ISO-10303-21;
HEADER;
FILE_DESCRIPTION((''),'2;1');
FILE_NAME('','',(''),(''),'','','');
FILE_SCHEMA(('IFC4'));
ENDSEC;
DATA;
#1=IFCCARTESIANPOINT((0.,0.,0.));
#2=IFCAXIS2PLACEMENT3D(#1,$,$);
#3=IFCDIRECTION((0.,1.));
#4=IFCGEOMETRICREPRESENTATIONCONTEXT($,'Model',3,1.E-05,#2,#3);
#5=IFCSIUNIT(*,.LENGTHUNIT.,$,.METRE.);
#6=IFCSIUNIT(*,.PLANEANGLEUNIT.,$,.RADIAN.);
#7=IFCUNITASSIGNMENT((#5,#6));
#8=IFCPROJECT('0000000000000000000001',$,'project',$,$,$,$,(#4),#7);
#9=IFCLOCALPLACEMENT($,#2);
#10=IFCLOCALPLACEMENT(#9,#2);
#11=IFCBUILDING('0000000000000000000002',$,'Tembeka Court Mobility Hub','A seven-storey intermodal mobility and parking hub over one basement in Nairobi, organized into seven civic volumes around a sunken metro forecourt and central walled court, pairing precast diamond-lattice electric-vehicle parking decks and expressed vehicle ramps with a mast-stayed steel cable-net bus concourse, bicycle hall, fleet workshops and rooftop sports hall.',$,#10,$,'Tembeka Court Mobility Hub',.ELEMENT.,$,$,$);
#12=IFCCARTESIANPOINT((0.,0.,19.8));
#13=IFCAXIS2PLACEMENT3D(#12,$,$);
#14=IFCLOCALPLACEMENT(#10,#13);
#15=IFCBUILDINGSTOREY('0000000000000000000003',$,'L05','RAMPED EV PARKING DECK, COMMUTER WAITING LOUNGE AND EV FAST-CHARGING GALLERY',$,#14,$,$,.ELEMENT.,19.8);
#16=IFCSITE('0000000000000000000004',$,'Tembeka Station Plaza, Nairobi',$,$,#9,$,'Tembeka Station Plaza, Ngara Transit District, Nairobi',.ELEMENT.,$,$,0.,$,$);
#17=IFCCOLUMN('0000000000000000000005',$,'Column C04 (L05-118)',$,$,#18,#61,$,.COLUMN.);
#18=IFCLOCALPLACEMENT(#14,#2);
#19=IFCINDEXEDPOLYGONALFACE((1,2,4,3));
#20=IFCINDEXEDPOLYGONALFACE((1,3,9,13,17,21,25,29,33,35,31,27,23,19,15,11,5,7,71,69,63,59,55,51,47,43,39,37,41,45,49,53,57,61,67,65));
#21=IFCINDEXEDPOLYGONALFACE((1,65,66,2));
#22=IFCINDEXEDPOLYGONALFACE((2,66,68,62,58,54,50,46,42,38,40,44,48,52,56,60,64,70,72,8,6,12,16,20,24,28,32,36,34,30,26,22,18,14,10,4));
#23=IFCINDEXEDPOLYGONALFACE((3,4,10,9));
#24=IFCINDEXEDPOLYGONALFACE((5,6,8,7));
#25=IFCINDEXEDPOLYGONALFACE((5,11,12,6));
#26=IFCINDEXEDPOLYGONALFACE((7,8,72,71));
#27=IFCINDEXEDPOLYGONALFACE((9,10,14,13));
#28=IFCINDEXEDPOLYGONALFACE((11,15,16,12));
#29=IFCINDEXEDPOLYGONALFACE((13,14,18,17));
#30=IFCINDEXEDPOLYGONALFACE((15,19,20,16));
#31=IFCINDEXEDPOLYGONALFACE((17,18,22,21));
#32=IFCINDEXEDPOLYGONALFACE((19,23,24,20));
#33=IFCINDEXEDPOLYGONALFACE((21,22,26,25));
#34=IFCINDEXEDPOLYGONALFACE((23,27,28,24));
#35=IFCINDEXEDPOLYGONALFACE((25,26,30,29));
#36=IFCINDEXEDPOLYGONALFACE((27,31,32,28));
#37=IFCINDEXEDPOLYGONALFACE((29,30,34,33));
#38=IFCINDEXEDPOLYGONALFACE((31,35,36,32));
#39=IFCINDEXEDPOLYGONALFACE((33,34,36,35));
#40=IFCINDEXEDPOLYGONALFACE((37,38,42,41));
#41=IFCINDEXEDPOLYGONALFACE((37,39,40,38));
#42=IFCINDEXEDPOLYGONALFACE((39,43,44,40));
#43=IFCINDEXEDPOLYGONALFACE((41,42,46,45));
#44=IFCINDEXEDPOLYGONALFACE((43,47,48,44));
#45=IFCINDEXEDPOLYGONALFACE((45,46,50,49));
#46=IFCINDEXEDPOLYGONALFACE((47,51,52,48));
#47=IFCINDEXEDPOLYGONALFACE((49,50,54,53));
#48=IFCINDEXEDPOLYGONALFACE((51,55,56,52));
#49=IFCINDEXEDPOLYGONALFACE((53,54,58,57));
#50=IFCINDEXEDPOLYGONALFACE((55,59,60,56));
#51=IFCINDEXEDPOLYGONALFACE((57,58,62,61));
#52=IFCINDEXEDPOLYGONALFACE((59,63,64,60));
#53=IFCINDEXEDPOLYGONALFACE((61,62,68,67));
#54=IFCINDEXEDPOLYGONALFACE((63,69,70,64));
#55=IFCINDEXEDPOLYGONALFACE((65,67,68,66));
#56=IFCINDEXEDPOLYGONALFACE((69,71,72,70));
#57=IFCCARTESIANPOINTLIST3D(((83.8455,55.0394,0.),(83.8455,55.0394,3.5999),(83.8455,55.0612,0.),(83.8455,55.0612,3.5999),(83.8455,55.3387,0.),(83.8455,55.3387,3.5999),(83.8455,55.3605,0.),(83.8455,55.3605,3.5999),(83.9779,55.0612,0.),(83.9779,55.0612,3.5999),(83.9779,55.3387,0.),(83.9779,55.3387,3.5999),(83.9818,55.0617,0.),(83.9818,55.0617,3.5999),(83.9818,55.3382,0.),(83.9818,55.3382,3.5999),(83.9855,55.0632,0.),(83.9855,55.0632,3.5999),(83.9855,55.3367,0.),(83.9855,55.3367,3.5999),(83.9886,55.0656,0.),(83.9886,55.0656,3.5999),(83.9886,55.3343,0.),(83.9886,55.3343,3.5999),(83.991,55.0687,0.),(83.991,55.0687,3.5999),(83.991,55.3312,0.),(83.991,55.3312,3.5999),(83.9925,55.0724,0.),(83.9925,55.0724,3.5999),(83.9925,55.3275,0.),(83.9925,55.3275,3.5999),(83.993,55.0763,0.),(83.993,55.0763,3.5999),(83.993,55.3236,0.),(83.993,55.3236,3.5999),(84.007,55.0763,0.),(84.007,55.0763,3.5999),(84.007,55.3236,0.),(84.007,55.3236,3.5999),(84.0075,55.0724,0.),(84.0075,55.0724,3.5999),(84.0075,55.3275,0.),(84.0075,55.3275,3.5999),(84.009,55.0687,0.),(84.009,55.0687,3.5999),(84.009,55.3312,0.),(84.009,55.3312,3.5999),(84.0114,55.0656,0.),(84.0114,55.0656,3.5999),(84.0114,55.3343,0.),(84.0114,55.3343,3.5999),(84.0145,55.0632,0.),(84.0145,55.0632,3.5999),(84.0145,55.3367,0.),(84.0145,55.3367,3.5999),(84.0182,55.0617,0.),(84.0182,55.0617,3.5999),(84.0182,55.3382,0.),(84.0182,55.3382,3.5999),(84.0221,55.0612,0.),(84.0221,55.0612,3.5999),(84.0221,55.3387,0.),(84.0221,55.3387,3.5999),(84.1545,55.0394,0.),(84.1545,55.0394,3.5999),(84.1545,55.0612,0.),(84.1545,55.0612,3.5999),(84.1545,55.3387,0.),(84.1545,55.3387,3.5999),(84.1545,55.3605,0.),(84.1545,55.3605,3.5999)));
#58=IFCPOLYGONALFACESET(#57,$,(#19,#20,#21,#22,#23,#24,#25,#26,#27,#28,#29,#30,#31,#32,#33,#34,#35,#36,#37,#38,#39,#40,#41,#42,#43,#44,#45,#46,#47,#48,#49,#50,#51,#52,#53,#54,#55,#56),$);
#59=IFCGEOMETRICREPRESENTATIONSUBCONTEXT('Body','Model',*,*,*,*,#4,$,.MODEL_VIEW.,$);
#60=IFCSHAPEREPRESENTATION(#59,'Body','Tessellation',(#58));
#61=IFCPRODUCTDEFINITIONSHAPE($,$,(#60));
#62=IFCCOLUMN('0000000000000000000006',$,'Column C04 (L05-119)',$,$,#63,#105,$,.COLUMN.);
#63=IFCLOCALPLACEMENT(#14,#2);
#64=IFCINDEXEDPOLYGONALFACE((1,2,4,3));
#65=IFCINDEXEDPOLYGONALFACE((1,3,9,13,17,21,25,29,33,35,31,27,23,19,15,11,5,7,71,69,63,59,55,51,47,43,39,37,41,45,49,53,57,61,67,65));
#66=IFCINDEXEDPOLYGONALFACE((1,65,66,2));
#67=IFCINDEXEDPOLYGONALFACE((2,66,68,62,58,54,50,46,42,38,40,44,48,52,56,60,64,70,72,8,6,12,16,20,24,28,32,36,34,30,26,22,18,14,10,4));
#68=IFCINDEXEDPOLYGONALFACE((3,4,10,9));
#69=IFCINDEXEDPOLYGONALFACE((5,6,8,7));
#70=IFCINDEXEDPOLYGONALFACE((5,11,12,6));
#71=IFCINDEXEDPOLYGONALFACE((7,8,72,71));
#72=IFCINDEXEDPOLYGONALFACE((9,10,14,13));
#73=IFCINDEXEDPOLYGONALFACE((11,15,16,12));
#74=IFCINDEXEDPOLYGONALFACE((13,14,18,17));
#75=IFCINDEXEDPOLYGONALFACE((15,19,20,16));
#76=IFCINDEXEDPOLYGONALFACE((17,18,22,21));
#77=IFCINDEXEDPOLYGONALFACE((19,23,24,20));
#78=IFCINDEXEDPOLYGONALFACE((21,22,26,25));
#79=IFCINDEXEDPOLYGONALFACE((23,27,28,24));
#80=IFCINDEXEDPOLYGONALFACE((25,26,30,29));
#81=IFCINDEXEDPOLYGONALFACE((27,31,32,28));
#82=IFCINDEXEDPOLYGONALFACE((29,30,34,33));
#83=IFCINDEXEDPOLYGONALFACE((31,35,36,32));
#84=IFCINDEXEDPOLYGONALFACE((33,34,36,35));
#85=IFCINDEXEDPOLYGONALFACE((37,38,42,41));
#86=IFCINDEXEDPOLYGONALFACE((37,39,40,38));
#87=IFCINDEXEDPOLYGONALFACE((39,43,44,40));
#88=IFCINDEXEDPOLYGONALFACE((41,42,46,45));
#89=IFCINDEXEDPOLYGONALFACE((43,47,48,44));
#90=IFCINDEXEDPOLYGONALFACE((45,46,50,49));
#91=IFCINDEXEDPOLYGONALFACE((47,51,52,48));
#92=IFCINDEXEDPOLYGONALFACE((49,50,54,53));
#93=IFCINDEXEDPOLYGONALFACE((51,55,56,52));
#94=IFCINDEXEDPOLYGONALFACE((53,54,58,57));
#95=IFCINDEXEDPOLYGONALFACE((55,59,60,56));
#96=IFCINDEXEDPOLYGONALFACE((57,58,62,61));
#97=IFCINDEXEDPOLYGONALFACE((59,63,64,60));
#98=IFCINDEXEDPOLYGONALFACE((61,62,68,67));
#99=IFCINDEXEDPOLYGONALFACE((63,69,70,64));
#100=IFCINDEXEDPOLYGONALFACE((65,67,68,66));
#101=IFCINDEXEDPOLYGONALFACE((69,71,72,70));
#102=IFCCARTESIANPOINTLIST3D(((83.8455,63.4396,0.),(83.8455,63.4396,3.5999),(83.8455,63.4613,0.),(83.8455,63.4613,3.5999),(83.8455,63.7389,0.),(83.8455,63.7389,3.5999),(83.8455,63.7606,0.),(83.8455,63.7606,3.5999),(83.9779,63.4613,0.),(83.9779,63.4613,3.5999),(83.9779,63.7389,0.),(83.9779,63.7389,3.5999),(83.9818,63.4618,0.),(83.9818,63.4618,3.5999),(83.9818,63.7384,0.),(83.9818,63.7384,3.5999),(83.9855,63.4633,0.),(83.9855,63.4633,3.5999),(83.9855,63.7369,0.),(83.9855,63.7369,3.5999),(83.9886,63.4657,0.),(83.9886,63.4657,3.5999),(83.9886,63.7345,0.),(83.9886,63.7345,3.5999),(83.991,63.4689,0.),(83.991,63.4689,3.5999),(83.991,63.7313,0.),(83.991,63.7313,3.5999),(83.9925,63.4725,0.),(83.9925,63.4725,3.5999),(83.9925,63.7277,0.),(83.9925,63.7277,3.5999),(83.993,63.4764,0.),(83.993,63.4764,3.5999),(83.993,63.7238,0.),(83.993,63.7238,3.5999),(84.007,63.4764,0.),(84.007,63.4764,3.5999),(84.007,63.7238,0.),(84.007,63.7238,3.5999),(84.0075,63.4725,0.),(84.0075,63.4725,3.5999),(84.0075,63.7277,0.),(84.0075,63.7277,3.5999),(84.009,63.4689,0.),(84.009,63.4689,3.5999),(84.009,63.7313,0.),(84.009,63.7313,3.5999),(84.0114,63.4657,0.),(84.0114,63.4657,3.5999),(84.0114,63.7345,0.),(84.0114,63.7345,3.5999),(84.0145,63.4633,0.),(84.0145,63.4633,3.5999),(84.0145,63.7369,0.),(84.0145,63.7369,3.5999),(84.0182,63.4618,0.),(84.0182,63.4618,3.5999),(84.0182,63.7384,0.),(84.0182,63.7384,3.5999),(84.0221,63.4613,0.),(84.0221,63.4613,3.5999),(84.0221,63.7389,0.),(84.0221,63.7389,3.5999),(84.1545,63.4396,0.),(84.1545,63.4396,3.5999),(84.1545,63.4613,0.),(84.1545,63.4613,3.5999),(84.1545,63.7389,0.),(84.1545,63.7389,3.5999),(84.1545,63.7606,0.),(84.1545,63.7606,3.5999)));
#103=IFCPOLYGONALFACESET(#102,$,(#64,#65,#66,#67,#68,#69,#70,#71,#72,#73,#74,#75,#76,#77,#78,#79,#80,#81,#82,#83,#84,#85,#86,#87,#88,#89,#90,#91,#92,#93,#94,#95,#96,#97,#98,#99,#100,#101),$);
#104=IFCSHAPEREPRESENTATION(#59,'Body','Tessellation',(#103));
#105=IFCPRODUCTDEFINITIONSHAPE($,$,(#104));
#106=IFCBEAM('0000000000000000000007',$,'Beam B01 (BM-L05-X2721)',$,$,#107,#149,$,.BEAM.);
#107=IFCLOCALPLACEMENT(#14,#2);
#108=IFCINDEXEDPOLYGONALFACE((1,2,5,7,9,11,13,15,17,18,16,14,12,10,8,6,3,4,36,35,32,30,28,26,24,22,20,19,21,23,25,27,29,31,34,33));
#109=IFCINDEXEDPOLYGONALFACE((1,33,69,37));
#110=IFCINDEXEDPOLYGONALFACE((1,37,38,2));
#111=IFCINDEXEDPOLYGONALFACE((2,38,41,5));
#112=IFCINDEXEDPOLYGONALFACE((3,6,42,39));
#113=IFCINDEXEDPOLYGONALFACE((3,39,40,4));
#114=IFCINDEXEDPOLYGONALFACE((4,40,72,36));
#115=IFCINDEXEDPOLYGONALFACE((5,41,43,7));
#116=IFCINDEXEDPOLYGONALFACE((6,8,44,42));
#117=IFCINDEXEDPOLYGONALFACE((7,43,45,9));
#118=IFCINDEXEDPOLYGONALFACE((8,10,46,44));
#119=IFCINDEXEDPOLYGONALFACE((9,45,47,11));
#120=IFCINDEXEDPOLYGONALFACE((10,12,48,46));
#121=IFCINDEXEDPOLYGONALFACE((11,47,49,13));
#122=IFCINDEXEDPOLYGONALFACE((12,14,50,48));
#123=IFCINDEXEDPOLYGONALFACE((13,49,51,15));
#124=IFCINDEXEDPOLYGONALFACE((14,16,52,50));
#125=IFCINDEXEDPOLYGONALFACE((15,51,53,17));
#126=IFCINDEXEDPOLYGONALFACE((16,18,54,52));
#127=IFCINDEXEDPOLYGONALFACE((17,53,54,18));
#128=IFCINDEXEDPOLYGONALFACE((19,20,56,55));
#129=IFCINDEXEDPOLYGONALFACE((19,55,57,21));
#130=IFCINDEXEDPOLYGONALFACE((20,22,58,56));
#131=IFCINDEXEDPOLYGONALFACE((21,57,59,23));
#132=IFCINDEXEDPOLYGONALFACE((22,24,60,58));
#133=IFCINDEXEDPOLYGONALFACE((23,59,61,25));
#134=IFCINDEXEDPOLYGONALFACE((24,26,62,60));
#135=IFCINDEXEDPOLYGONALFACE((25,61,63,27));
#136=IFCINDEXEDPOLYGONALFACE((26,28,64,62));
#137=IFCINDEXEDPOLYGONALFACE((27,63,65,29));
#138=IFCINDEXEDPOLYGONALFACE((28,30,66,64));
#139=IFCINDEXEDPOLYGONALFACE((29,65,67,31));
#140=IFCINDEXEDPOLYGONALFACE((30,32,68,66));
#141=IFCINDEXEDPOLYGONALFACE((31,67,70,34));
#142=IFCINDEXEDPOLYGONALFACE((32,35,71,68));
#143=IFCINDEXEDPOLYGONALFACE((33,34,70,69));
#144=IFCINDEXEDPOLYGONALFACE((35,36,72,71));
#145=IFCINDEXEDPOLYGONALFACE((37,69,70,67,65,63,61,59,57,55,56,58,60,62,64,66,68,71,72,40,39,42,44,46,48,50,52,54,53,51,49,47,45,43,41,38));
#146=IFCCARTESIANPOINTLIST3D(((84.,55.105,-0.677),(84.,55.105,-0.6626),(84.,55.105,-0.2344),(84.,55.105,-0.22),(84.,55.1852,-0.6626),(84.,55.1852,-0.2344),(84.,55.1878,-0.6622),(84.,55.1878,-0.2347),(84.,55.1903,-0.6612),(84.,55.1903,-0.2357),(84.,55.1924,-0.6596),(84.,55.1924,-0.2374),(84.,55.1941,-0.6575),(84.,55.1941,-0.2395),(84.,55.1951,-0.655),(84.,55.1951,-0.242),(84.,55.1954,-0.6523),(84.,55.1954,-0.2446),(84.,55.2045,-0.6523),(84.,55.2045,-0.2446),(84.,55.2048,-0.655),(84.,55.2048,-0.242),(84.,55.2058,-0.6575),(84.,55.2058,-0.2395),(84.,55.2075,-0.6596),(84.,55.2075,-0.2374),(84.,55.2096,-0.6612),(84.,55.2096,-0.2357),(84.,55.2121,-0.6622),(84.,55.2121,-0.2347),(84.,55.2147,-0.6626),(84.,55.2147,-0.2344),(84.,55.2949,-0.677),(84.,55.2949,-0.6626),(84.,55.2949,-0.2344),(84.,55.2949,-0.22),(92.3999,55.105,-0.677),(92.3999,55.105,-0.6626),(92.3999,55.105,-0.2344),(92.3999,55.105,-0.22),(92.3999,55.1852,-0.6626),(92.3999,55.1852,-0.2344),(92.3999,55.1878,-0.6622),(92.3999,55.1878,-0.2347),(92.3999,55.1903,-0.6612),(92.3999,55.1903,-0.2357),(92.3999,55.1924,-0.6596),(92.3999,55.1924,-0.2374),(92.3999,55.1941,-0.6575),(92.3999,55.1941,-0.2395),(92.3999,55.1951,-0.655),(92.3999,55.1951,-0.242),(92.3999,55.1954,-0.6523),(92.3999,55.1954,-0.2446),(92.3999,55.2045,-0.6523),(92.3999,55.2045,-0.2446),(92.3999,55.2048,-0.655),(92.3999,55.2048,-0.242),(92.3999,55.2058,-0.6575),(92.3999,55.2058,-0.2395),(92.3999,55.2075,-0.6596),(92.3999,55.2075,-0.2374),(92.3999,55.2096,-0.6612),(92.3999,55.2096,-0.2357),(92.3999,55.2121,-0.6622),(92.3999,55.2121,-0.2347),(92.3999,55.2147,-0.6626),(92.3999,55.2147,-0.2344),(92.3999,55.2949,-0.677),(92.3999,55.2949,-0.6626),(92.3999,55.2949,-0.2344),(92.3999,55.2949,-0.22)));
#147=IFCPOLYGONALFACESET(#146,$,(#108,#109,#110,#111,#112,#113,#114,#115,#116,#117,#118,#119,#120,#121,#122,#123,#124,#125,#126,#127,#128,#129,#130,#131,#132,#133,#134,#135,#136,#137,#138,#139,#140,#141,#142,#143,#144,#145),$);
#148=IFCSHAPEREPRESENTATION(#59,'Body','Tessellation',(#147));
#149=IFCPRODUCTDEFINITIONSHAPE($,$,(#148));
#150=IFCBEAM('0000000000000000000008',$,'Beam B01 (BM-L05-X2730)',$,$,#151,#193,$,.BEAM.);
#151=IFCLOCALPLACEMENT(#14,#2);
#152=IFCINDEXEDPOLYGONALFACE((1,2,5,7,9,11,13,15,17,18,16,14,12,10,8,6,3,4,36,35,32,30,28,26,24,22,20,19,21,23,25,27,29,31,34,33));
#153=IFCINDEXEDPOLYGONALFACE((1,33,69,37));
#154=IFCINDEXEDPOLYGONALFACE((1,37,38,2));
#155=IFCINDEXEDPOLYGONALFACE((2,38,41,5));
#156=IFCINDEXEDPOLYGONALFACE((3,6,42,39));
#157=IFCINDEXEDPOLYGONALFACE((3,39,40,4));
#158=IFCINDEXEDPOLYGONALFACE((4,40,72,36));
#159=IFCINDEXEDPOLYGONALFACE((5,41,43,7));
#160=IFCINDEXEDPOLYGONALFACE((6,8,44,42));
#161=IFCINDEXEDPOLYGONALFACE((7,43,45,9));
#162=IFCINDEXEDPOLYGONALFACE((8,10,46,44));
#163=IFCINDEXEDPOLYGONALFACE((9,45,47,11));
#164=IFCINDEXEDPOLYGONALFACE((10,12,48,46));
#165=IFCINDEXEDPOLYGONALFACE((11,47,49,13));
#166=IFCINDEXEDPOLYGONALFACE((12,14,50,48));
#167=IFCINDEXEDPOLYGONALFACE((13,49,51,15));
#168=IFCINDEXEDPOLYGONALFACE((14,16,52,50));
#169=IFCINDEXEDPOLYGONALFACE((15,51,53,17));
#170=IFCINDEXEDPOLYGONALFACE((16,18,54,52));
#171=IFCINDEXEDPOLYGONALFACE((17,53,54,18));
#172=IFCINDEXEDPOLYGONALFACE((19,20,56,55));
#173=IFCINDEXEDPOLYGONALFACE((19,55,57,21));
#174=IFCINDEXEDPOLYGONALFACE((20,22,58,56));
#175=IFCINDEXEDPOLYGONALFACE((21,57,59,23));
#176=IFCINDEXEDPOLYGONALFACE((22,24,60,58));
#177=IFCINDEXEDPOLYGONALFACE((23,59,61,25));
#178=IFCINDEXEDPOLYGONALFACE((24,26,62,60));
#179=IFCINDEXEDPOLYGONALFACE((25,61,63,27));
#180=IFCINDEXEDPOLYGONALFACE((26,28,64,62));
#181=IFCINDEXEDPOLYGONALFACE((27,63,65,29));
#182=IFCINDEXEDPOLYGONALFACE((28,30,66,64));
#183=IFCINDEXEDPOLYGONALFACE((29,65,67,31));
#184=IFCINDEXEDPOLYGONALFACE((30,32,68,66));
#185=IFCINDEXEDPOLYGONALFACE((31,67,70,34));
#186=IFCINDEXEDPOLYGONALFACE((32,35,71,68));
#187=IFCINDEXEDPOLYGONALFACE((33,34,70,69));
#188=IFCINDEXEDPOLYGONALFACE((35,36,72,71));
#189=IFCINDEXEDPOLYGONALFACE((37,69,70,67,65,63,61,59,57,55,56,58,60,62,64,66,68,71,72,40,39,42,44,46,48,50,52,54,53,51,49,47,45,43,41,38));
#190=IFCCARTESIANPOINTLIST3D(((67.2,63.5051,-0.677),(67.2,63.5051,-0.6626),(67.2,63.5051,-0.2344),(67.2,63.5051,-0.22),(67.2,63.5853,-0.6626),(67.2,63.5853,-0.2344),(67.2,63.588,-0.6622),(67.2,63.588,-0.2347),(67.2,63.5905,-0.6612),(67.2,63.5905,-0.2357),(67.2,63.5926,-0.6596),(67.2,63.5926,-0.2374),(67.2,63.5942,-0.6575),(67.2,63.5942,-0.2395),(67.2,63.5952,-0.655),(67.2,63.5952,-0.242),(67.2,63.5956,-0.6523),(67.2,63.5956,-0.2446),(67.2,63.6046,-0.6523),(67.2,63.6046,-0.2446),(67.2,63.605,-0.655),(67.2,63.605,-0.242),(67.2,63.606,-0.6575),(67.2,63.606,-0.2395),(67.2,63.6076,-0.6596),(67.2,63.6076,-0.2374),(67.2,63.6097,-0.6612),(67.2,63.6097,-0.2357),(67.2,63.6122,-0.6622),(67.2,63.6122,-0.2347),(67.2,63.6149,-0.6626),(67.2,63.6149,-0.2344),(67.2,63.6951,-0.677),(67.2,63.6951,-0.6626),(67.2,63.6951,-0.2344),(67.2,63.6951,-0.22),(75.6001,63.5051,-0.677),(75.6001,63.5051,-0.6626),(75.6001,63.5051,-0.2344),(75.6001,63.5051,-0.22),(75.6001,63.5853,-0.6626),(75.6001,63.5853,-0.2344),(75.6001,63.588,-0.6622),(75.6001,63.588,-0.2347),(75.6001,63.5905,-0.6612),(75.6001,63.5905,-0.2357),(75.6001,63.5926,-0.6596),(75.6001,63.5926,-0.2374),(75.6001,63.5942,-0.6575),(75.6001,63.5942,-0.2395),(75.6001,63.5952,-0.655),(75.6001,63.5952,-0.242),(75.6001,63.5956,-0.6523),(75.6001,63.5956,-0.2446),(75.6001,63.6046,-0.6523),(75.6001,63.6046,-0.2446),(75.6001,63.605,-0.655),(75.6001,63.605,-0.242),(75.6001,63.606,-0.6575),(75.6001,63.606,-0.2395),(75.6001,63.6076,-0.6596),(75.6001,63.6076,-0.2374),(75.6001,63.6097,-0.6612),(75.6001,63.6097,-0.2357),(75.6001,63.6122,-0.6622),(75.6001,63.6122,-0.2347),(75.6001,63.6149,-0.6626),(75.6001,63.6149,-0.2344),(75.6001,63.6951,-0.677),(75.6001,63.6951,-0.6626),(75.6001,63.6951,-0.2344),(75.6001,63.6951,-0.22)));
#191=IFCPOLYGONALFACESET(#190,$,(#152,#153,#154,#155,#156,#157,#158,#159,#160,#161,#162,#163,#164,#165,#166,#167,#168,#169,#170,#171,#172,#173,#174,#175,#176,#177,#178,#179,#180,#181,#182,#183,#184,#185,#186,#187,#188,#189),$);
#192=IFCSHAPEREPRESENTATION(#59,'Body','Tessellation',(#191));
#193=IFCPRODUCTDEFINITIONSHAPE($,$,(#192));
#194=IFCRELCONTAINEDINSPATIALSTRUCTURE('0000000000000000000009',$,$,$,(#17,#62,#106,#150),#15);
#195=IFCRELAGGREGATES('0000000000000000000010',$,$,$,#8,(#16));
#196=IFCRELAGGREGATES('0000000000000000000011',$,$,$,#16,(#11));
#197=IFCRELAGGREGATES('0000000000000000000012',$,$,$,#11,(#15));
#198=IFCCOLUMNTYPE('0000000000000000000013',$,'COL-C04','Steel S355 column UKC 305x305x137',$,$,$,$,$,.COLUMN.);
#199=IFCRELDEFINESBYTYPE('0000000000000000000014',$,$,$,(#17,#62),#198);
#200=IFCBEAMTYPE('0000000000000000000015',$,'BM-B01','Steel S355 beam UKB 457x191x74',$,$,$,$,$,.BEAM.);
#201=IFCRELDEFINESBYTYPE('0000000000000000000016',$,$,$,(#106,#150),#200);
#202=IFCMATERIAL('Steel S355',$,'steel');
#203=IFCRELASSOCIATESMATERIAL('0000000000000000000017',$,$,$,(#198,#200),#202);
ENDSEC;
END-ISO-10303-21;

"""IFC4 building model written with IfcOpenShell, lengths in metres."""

from ifc_helpers import new_model, si_unit, direction, frame, origin, origin_2d, place, context, subcontext, project, spatial, i_section, extrude, material, material_profile, profile_set, type_object, element, save


model = new_model("IFC4")

# Units and contexts
model_context = context("Model", 3, precision=1e-05, world=origin(), true_north=direction((0.0, 1.0)))
body_context = subcontext(model_context, "Body", "Model", "MODEL_VIEW")
ifc_project = project(units=[si_unit("LENGTHUNIT", "METRE"), si_unit("PLANEANGLEUNIT", "RADIAN")], contexts=[model_context])

# Site, building, storey
site_placement = place(None, origin())
site = spatial("IfcSite", under=ifc_project, at=site_placement, Name="Tembeka Station Plaza, Nairobi", LongName="Tembeka Station Plaza, Ngara Transit District, Nairobi", CompositionType="ELEMENT", RefElevation=0.0)
building_placement = place(site_placement, origin())
building = spatial("IfcBuilding", under=site, at=building_placement, Name="Tembeka Court Mobility Hub", Description="A seven-storey intermodal mobility and parking hub over one basement in Nairobi, organized into seven civic volumes around a sunken metro forecourt and central walled court, pairing precast diamond-lattice electric-vehicle parking decks and expressed vehicle ramps with a mast-stayed steel cable-net bus concourse, bicycle hall, fleet workshops and rooftop sports hall.", LongName="Tembeka Court Mobility Hub", CompositionType="ELEMENT")
storey_placement = place(building_placement, frame((0.0, 0.0, 19.8)))
storey = spatial("IfcBuildingStorey", under=building, at=storey_placement, Name="L05", Description="RAMPED EV PARKING DECK, COMMUTER WAITING LOUNGE AND EV FAST-CHARGING GALLERY", CompositionType="ELEMENT", Elevation=19.8)

# Columns
ifc_material_1 = material(Name="Steel S355", Category="steel")
ifc_material_profile_1 = material_profile(ifc_material_1, i_section(OverallWidth=0.3091, OverallDepth=0.321, WebThickness=0.0139, FlangeThickness=0.0217, FilletRadius=0.0151, at=origin_2d()), Name="UKC 305x305x137")
ifc_profile_set_1 = profile_set([ifc_material_profile_1], Name="Steel S355")
column_type = type_object("IfcColumnType", Name="COL-C04", Description="Steel S355 column UKC 305x305x137", PredefinedType="COLUMN", material=ifc_profile_set_1)
for number, where, z_axis, x_axis, name in (
    (1, (84.0, 55.2, 0.0), (0.0, 0.0, 1.0), (1.0, 0.0, 0.0), "Column C04 (L05-118)"),
    (2, (84.0, 63.6001, 0.0), (0.0, 0.0, 1.0), (1.0, 0.0, 0.0), "Column C04 (L05-119)"),
):
    element("IfcColumn", number, at=place(storey_placement, frame(where, z_axis=z_axis, x_axis=x_axis)), inside=storey, type_object=column_type, Name=name, PredefinedType="COLUMN", context=body_context, shape_type="SweptSolid", body=[
        extrude(i_section(OverallWidth=0.3091, OverallDepth=0.321, WebThickness=0.0139, FlangeThickness=0.0217, FilletRadius=0.0151, at=origin_2d()), origin(), (0.0, 0.0, 1.0), 3.5999),
    ])

# Beams
ifc_material_profile_2 = material_profile(ifc_material_1, i_section(OverallWidth=0.1899, OverallDepth=0.457, WebThickness=0.009, FlangeThickness=0.0144, FilletRadius=0.0103, at=origin_2d()), Name="UKB 457x191x74")
ifc_profile_set_2 = profile_set([ifc_material_profile_2], Name="Steel S355")
beam_type_1 = type_object("IfcBeamType", Name="BM-B01", Description="Steel S355 beam UKB 457x191x74", PredefinedType="BEAM", material=ifc_profile_set_2)
beam_1_placement = place(storey_placement, frame((84.0, 55.2, -0.4485), z_axis=(1.0, 0.0, 0.0), x_axis=(0.0, 1.0, 0.0)))
element("IfcBeam", 3, at=beam_1_placement, inside=storey, type_object=beam_type_1, Name="Beam B01 (BM-L05-X2721)", PredefinedType="BEAM", context=body_context, shape_type="SweptSolid", body=[
    extrude(i_section(OverallWidth=0.1899, OverallDepth=0.457, WebThickness=0.009, FlangeThickness=0.0144, FilletRadius=0.0103, at=origin_2d()), origin(), (0.0, 0.0, 1.0), 8.3999),
])
beam_2_placement = place(storey_placement, frame((67.2, 63.6001, -0.4485), z_axis=(1.0, 0.0, 0.0), x_axis=(0.0, 1.0, 0.0)))
element("IfcBeam", 4, at=beam_2_placement, inside=storey, type_object=beam_type_1, Name="Beam B01 (BM-L05-X2730)", PredefinedType="BEAM", context=body_context, shape_type="SweptSolid", body=[
    extrude(i_section(OverallWidth=0.1899, OverallDepth=0.457, WebThickness=0.009, FlangeThickness=0.0144, FilletRadius=0.0103, at=origin_2d()), origin(), (0.0, 0.0, 1.0), 8.4001),
])

save(model, "model.ifc")
